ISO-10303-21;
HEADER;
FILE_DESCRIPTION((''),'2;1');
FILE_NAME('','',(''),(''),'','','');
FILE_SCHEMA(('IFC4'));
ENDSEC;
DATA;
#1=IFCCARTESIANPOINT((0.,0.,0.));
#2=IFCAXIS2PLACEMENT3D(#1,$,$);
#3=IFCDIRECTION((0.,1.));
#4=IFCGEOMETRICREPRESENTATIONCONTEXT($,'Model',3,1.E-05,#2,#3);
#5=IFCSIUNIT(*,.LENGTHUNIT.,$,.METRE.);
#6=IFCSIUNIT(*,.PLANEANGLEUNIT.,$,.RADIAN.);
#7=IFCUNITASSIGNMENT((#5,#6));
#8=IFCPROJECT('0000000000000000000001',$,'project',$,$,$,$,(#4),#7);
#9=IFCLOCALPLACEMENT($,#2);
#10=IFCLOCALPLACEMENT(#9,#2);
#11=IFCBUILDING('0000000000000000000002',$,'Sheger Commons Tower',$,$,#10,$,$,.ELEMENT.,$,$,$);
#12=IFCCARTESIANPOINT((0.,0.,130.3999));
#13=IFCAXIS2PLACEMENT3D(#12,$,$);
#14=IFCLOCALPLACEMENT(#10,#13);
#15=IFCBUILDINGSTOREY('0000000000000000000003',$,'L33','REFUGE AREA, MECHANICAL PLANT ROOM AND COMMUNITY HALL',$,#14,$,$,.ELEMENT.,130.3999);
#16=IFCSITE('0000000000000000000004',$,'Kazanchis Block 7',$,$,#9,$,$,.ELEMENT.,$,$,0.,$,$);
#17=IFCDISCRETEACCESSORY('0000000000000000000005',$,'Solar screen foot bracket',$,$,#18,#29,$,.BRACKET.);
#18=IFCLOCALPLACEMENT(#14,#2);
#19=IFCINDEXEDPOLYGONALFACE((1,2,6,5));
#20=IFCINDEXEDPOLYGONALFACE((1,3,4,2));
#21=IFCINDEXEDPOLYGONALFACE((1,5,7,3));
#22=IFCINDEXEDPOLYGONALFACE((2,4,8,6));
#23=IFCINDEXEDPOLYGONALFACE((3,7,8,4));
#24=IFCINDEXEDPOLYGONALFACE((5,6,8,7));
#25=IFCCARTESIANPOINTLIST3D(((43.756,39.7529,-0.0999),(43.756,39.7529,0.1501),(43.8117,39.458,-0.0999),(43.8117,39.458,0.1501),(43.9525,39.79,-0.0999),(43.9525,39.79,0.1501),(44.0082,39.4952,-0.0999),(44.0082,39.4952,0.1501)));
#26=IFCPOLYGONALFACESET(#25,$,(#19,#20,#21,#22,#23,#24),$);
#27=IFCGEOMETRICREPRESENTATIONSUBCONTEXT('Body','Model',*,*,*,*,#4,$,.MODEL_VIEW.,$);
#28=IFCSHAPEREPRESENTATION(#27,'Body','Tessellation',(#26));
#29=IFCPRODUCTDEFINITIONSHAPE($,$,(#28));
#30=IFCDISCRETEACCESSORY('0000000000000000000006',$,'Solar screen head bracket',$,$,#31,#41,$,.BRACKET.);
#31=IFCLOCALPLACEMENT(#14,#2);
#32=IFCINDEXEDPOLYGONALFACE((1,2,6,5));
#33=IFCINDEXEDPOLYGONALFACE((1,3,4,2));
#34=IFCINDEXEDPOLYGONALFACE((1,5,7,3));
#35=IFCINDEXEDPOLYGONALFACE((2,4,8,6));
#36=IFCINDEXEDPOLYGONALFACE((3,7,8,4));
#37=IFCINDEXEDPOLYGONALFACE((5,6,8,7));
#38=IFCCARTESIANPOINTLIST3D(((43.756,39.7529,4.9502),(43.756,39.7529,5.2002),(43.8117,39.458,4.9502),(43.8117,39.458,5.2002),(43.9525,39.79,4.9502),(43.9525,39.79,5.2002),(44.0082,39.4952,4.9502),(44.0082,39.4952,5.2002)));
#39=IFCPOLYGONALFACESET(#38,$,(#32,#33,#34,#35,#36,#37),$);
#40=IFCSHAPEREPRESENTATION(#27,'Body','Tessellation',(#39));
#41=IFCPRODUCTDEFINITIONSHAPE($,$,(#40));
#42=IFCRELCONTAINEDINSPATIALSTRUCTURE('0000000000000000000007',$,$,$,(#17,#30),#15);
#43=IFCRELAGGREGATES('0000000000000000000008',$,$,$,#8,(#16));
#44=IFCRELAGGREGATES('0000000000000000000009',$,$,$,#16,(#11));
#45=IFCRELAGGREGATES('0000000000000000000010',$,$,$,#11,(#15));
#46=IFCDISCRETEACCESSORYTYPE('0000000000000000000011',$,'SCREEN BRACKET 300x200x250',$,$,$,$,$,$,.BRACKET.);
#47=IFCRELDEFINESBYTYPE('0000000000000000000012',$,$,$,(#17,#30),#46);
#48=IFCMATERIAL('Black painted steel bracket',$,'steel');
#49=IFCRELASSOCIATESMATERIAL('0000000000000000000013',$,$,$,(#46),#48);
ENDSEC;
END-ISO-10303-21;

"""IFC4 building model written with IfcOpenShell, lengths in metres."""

from ifc_helpers import new_model, si_unit, direction, frame, origin, origin_2d, place, context, subcontext, project, spatial, rectangle, extrude, material, type_object, element, save


model = new_model("IFC4")

# Units and contexts
model_context = context("Model", 3, precision=1e-05, world=origin(), true_north=direction((0.0, 1.0)))
body_context = subcontext(model_context, "Body", "Model", "MODEL_VIEW")
ifc_project = project(units=[si_unit("LENGTHUNIT", "METRE"), si_unit("PLANEANGLEUNIT", "RADIAN")], contexts=[model_context])

# Site, building, storey
site_placement = place(None, origin())
site = spatial("IfcSite", under=ifc_project, at=site_placement, Name="Kazanchis Block 7", CompositionType="ELEMENT", RefElevation=0.0)
building_placement = place(site_placement, origin())
building = spatial("IfcBuilding", under=site, at=building_placement, Name="Sheger Commons Tower", CompositionType="ELEMENT")
storey_placement = place(building_placement, frame((0.0, 0.0, 130.3999)))
storey = spatial("IfcBuildingStorey", under=building, at=storey_placement, Name="L33", Description="REFUGE AREA, MECHANICAL PLANT ROOM AND COMMUNITY HALL", CompositionType="ELEMENT", Elevation=130.3999)

# Discrete accessories
ifc_material_1 = material(Name="Black painted steel bracket", Category="steel")
discrete_accessory_type = type_object("IfcDiscreteAccessoryType", Name="SCREEN BRACKET 300x200x250", PredefinedType="BRACKET", material=ifc_material_1)
for number, where, z_axis, x_axis, name in (
    (1, (43.8821, 39.624, -0.0999), (0.0, 0.0, 1.0), (-0.185615, 0.982623, 0.0), "Solar screen foot bracket"),
    (2, (43.8821, 39.624, 4.9502), (0.0, 0.0, 1.0), (-0.185615, 0.982623, 0.0), "Solar screen head bracket"),
):
    element("IfcDiscreteAccessory", number, at=place(storey_placement, frame(where, z_axis=z_axis, x_axis=x_axis)), inside=storey, type_object=discrete_accessory_type, Name=name, PredefinedType="BRACKET", context=body_context, shape_type="SweptSolid", body=[
        extrude(rectangle(XDim=0.3, YDim=0.2, at=origin_2d()), origin(), (0.0, 0.0, 1.0), 0.25),
    ])

save(model, "model.ifc")
